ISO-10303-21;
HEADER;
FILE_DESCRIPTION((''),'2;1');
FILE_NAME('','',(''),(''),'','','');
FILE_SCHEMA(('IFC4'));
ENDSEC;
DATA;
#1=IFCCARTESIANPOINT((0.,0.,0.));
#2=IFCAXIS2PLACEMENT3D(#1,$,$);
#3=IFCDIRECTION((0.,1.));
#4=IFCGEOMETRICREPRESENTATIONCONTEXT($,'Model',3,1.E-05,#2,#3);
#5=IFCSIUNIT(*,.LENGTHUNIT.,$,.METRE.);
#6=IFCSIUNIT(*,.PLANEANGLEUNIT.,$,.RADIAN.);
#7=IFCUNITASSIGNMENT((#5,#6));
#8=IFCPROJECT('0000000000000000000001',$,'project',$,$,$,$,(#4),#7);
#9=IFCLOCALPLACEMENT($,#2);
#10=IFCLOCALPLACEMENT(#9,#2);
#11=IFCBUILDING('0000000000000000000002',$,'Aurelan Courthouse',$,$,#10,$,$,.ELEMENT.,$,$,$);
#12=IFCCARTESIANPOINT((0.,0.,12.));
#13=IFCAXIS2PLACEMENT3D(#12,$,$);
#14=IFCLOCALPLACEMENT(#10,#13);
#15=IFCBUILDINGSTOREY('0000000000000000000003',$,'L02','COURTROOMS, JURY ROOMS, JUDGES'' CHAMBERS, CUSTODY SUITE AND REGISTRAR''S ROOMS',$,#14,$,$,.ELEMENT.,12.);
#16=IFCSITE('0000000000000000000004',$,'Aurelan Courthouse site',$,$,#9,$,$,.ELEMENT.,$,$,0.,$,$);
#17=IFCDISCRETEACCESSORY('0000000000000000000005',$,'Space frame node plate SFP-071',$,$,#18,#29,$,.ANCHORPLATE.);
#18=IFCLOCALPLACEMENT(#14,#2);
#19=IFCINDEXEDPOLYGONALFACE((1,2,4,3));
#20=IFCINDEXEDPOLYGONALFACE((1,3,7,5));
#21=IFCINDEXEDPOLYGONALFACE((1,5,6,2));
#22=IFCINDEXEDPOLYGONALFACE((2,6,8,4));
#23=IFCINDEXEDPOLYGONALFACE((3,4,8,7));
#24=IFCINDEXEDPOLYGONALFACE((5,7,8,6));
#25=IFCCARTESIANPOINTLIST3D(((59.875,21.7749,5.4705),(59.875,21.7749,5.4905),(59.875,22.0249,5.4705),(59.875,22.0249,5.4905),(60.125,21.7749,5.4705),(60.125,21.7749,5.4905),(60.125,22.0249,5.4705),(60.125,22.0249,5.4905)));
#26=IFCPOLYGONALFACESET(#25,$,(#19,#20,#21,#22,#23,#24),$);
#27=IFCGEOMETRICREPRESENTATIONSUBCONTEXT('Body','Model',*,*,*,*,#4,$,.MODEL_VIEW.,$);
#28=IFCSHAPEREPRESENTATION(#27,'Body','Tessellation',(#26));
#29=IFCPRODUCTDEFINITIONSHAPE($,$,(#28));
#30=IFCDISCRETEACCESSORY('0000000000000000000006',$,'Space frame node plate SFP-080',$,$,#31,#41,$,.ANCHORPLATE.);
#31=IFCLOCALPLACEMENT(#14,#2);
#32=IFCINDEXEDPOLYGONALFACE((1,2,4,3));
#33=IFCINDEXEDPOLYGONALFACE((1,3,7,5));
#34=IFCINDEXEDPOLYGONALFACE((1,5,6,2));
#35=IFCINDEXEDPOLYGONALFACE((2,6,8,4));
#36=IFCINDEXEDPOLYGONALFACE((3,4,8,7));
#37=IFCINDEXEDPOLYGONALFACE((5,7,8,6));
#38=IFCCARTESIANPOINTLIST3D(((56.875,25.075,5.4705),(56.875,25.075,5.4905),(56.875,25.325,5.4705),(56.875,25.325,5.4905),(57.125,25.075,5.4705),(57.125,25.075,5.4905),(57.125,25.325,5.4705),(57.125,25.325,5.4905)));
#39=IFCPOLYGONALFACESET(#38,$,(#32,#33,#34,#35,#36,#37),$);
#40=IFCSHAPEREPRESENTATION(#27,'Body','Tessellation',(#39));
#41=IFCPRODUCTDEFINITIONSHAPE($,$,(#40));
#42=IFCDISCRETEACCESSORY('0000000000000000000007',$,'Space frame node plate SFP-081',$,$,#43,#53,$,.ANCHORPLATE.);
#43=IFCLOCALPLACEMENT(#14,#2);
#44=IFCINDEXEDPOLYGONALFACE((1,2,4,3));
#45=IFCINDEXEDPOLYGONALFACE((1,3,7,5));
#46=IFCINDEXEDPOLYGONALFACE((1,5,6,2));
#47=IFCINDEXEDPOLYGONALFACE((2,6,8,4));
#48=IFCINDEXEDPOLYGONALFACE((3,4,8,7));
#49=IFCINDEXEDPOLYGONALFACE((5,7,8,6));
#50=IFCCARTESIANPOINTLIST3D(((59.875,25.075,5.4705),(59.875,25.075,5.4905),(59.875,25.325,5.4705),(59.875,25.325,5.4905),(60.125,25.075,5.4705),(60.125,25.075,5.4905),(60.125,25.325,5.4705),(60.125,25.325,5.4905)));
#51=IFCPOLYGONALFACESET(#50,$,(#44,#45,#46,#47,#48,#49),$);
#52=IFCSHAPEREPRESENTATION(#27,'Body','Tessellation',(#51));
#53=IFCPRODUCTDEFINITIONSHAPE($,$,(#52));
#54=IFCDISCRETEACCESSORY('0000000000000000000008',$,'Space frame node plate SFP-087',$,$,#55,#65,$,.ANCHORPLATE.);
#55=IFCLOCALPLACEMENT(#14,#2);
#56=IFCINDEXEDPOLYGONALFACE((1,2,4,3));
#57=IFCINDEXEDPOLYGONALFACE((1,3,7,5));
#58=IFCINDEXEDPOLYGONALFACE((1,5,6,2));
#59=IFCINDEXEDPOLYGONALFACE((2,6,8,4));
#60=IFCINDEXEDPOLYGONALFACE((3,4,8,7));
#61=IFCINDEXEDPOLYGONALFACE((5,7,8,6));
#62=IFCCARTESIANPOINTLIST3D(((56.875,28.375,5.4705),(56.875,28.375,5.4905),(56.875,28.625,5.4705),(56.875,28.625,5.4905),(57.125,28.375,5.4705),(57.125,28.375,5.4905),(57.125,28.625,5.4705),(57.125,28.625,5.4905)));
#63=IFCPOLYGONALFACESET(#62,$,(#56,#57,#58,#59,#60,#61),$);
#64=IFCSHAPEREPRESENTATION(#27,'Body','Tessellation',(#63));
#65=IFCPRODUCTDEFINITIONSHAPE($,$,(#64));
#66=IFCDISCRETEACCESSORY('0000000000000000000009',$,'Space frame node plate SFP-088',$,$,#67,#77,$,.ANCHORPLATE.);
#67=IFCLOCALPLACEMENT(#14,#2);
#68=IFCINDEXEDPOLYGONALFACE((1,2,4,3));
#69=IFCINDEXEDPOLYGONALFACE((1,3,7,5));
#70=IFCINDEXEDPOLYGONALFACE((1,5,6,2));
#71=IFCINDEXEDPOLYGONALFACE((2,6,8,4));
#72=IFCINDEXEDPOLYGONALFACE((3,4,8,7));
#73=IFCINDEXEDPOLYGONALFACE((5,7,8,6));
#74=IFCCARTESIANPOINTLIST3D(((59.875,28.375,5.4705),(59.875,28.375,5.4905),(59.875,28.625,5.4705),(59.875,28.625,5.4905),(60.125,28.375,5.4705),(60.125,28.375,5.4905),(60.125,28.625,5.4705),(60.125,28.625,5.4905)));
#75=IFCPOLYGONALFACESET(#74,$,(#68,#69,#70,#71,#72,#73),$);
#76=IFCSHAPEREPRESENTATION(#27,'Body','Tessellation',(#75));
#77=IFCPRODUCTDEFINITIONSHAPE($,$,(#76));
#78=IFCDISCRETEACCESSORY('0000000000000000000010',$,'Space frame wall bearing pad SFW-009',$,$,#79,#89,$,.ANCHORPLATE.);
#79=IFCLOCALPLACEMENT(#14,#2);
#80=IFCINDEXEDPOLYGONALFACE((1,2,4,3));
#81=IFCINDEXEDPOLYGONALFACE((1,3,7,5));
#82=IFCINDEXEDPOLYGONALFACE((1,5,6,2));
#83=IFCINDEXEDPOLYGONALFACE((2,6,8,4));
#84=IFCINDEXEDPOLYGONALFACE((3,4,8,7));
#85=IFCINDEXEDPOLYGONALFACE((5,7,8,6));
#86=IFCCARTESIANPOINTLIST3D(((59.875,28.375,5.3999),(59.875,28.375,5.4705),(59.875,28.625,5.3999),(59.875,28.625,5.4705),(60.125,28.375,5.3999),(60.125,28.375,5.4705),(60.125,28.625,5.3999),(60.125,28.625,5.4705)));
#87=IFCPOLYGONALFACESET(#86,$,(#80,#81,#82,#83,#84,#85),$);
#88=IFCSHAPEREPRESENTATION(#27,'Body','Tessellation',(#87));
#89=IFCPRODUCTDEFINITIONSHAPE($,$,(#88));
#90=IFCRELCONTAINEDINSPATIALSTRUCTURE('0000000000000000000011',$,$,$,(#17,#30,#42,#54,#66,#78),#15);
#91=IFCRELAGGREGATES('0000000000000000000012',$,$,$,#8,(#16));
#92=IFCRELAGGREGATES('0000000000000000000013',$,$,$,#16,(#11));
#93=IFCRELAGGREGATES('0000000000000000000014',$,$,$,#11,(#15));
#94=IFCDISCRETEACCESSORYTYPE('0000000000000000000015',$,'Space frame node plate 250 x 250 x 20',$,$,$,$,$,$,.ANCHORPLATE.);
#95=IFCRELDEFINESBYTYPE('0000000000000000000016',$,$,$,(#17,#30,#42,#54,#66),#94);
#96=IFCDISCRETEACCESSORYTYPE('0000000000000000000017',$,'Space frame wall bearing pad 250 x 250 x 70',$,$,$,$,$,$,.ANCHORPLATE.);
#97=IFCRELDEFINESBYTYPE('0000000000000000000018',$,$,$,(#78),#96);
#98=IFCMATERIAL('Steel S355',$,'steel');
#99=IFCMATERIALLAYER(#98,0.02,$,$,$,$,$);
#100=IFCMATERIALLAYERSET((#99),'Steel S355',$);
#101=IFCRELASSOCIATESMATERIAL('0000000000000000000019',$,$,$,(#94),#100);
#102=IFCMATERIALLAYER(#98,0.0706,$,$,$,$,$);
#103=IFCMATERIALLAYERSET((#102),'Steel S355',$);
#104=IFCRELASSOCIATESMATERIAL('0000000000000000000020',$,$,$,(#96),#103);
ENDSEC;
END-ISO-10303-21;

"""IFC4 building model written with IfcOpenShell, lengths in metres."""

from ifc_helpers import new_model, si_unit, direction, frame, origin, origin_2d, place, context, subcontext, project, spatial, rectangle, extrude, material, layer, layer_set, type_object, element, save


model = new_model("IFC4")

# Units and contexts
model_context = context("Model", 3, precision=1e-05, world=origin(), true_north=direction((0.0, 1.0)))
body_context = subcontext(model_context, "Body", "Model", "MODEL_VIEW")
ifc_project = project(units=[si_unit("LENGTHUNIT", "METRE"), si_unit("PLANEANGLEUNIT", "RADIAN")], contexts=[model_context])

# Site, building, storey
site_placement = place(None, origin())
site = spatial("IfcSite", under=ifc_project, at=site_placement, Name="Aurelan Courthouse site", CompositionType="ELEMENT", RefElevation=0.0)
building_placement = place(site_placement, origin())
building = spatial("IfcBuilding", under=site, at=building_placement, Name="Aurelan Courthouse", CompositionType="ELEMENT")
storey_placement = place(building_placement, frame((0.0, 0.0, 12.0)))
storey = spatial("IfcBuildingStorey", under=building, at=storey_placement, Name="L02", Description="COURTROOMS, JURY ROOMS, JUDGES' CHAMBERS, CUSTODY SUITE AND REGISTRAR'S ROOMS", CompositionType="ELEMENT", Elevation=12.0)

# Shared definitions
ifc_material_1 = material(Name="Steel S355", Category="steel")

# Discrete accessories
ifc_layer_1 = layer(ifc_material_1, 0.02)
ifc_layer_set_1 = layer_set([ifc_layer_1], Name="Steel S355")
discrete_accessory_type_1 = type_object("IfcDiscreteAccessoryType", Name="Space frame node plate 250 x 250 x 20", PredefinedType="ANCHORPLATE", material=ifc_layer_set_1)
for number, where, z_axis, x_axis, name in (
    (1, (60.0, 21.8999, 5.4705), (0.0, 0.0, 1.0), (1.0, 0.0, 0.0), "Space frame node plate SFP-071"),
    (2, (57.0, 25.2, 5.4705), (0.0, 0.0, 1.0), (1.0, 0.0, 0.0), "Space frame node plate SFP-080"),
    (3, (60.0, 25.2, 5.4705), (0.0, 0.0, 1.0), (1.0, 0.0, 0.0), "Space frame node plate SFP-081"),
    (4, (57.0, 28.5, 5.4705), (0.0, 0.0, 1.0), (1.0, 0.0, 0.0), "Space frame node plate SFP-087"),
    (5, (60.0, 28.5, 5.4705), (0.0, 0.0, 1.0), (1.0, 0.0, 0.0), "Space frame node plate SFP-088"),
):
    element("IfcDiscreteAccessory", number, at=place(storey_placement, frame(where, z_axis=z_axis, x_axis=x_axis)), inside=storey, type_object=discrete_accessory_type_1, Name=name, PredefinedType="ANCHORPLATE", context=body_context, shape_type="SweptSolid", body=[
        extrude(rectangle(XDim=0.25, YDim=0.25, at=origin_2d()), origin(), (0.0, 0.0, 1.0), 0.02),
    ])
ifc_layer_2 = layer(ifc_material_1, 0.0706)
ifc_layer_set_2 = layer_set([ifc_layer_2], Name="Steel S355")
discrete_accessory_type_2 = type_object("IfcDiscreteAccessoryType", Name="Space frame wall bearing pad 250 x 250 x 70", PredefinedType="ANCHORPLATE", material=ifc_layer_set_2)
discrete_accessory_placement = place(storey_placement, frame((60.0, 28.5, 5.3999), z_axis=(0.0, 0.0, 1.0), x_axis=(1.0, 0.0, 0.0)))
element("IfcDiscreteAccessory", 6, at=discrete_accessory_placement, inside=storey, type_object=discrete_accessory_type_2, Name="Space frame wall bearing pad SFW-009", PredefinedType="ANCHORPLATE", context=body_context, shape_type="SweptSolid", body=[
    extrude(rectangle(XDim=0.25, YDim=0.25, at=origin_2d()), origin(), (0.0, 0.0, 1.0), 0.0706),
])

save(model, "model.ifc")
